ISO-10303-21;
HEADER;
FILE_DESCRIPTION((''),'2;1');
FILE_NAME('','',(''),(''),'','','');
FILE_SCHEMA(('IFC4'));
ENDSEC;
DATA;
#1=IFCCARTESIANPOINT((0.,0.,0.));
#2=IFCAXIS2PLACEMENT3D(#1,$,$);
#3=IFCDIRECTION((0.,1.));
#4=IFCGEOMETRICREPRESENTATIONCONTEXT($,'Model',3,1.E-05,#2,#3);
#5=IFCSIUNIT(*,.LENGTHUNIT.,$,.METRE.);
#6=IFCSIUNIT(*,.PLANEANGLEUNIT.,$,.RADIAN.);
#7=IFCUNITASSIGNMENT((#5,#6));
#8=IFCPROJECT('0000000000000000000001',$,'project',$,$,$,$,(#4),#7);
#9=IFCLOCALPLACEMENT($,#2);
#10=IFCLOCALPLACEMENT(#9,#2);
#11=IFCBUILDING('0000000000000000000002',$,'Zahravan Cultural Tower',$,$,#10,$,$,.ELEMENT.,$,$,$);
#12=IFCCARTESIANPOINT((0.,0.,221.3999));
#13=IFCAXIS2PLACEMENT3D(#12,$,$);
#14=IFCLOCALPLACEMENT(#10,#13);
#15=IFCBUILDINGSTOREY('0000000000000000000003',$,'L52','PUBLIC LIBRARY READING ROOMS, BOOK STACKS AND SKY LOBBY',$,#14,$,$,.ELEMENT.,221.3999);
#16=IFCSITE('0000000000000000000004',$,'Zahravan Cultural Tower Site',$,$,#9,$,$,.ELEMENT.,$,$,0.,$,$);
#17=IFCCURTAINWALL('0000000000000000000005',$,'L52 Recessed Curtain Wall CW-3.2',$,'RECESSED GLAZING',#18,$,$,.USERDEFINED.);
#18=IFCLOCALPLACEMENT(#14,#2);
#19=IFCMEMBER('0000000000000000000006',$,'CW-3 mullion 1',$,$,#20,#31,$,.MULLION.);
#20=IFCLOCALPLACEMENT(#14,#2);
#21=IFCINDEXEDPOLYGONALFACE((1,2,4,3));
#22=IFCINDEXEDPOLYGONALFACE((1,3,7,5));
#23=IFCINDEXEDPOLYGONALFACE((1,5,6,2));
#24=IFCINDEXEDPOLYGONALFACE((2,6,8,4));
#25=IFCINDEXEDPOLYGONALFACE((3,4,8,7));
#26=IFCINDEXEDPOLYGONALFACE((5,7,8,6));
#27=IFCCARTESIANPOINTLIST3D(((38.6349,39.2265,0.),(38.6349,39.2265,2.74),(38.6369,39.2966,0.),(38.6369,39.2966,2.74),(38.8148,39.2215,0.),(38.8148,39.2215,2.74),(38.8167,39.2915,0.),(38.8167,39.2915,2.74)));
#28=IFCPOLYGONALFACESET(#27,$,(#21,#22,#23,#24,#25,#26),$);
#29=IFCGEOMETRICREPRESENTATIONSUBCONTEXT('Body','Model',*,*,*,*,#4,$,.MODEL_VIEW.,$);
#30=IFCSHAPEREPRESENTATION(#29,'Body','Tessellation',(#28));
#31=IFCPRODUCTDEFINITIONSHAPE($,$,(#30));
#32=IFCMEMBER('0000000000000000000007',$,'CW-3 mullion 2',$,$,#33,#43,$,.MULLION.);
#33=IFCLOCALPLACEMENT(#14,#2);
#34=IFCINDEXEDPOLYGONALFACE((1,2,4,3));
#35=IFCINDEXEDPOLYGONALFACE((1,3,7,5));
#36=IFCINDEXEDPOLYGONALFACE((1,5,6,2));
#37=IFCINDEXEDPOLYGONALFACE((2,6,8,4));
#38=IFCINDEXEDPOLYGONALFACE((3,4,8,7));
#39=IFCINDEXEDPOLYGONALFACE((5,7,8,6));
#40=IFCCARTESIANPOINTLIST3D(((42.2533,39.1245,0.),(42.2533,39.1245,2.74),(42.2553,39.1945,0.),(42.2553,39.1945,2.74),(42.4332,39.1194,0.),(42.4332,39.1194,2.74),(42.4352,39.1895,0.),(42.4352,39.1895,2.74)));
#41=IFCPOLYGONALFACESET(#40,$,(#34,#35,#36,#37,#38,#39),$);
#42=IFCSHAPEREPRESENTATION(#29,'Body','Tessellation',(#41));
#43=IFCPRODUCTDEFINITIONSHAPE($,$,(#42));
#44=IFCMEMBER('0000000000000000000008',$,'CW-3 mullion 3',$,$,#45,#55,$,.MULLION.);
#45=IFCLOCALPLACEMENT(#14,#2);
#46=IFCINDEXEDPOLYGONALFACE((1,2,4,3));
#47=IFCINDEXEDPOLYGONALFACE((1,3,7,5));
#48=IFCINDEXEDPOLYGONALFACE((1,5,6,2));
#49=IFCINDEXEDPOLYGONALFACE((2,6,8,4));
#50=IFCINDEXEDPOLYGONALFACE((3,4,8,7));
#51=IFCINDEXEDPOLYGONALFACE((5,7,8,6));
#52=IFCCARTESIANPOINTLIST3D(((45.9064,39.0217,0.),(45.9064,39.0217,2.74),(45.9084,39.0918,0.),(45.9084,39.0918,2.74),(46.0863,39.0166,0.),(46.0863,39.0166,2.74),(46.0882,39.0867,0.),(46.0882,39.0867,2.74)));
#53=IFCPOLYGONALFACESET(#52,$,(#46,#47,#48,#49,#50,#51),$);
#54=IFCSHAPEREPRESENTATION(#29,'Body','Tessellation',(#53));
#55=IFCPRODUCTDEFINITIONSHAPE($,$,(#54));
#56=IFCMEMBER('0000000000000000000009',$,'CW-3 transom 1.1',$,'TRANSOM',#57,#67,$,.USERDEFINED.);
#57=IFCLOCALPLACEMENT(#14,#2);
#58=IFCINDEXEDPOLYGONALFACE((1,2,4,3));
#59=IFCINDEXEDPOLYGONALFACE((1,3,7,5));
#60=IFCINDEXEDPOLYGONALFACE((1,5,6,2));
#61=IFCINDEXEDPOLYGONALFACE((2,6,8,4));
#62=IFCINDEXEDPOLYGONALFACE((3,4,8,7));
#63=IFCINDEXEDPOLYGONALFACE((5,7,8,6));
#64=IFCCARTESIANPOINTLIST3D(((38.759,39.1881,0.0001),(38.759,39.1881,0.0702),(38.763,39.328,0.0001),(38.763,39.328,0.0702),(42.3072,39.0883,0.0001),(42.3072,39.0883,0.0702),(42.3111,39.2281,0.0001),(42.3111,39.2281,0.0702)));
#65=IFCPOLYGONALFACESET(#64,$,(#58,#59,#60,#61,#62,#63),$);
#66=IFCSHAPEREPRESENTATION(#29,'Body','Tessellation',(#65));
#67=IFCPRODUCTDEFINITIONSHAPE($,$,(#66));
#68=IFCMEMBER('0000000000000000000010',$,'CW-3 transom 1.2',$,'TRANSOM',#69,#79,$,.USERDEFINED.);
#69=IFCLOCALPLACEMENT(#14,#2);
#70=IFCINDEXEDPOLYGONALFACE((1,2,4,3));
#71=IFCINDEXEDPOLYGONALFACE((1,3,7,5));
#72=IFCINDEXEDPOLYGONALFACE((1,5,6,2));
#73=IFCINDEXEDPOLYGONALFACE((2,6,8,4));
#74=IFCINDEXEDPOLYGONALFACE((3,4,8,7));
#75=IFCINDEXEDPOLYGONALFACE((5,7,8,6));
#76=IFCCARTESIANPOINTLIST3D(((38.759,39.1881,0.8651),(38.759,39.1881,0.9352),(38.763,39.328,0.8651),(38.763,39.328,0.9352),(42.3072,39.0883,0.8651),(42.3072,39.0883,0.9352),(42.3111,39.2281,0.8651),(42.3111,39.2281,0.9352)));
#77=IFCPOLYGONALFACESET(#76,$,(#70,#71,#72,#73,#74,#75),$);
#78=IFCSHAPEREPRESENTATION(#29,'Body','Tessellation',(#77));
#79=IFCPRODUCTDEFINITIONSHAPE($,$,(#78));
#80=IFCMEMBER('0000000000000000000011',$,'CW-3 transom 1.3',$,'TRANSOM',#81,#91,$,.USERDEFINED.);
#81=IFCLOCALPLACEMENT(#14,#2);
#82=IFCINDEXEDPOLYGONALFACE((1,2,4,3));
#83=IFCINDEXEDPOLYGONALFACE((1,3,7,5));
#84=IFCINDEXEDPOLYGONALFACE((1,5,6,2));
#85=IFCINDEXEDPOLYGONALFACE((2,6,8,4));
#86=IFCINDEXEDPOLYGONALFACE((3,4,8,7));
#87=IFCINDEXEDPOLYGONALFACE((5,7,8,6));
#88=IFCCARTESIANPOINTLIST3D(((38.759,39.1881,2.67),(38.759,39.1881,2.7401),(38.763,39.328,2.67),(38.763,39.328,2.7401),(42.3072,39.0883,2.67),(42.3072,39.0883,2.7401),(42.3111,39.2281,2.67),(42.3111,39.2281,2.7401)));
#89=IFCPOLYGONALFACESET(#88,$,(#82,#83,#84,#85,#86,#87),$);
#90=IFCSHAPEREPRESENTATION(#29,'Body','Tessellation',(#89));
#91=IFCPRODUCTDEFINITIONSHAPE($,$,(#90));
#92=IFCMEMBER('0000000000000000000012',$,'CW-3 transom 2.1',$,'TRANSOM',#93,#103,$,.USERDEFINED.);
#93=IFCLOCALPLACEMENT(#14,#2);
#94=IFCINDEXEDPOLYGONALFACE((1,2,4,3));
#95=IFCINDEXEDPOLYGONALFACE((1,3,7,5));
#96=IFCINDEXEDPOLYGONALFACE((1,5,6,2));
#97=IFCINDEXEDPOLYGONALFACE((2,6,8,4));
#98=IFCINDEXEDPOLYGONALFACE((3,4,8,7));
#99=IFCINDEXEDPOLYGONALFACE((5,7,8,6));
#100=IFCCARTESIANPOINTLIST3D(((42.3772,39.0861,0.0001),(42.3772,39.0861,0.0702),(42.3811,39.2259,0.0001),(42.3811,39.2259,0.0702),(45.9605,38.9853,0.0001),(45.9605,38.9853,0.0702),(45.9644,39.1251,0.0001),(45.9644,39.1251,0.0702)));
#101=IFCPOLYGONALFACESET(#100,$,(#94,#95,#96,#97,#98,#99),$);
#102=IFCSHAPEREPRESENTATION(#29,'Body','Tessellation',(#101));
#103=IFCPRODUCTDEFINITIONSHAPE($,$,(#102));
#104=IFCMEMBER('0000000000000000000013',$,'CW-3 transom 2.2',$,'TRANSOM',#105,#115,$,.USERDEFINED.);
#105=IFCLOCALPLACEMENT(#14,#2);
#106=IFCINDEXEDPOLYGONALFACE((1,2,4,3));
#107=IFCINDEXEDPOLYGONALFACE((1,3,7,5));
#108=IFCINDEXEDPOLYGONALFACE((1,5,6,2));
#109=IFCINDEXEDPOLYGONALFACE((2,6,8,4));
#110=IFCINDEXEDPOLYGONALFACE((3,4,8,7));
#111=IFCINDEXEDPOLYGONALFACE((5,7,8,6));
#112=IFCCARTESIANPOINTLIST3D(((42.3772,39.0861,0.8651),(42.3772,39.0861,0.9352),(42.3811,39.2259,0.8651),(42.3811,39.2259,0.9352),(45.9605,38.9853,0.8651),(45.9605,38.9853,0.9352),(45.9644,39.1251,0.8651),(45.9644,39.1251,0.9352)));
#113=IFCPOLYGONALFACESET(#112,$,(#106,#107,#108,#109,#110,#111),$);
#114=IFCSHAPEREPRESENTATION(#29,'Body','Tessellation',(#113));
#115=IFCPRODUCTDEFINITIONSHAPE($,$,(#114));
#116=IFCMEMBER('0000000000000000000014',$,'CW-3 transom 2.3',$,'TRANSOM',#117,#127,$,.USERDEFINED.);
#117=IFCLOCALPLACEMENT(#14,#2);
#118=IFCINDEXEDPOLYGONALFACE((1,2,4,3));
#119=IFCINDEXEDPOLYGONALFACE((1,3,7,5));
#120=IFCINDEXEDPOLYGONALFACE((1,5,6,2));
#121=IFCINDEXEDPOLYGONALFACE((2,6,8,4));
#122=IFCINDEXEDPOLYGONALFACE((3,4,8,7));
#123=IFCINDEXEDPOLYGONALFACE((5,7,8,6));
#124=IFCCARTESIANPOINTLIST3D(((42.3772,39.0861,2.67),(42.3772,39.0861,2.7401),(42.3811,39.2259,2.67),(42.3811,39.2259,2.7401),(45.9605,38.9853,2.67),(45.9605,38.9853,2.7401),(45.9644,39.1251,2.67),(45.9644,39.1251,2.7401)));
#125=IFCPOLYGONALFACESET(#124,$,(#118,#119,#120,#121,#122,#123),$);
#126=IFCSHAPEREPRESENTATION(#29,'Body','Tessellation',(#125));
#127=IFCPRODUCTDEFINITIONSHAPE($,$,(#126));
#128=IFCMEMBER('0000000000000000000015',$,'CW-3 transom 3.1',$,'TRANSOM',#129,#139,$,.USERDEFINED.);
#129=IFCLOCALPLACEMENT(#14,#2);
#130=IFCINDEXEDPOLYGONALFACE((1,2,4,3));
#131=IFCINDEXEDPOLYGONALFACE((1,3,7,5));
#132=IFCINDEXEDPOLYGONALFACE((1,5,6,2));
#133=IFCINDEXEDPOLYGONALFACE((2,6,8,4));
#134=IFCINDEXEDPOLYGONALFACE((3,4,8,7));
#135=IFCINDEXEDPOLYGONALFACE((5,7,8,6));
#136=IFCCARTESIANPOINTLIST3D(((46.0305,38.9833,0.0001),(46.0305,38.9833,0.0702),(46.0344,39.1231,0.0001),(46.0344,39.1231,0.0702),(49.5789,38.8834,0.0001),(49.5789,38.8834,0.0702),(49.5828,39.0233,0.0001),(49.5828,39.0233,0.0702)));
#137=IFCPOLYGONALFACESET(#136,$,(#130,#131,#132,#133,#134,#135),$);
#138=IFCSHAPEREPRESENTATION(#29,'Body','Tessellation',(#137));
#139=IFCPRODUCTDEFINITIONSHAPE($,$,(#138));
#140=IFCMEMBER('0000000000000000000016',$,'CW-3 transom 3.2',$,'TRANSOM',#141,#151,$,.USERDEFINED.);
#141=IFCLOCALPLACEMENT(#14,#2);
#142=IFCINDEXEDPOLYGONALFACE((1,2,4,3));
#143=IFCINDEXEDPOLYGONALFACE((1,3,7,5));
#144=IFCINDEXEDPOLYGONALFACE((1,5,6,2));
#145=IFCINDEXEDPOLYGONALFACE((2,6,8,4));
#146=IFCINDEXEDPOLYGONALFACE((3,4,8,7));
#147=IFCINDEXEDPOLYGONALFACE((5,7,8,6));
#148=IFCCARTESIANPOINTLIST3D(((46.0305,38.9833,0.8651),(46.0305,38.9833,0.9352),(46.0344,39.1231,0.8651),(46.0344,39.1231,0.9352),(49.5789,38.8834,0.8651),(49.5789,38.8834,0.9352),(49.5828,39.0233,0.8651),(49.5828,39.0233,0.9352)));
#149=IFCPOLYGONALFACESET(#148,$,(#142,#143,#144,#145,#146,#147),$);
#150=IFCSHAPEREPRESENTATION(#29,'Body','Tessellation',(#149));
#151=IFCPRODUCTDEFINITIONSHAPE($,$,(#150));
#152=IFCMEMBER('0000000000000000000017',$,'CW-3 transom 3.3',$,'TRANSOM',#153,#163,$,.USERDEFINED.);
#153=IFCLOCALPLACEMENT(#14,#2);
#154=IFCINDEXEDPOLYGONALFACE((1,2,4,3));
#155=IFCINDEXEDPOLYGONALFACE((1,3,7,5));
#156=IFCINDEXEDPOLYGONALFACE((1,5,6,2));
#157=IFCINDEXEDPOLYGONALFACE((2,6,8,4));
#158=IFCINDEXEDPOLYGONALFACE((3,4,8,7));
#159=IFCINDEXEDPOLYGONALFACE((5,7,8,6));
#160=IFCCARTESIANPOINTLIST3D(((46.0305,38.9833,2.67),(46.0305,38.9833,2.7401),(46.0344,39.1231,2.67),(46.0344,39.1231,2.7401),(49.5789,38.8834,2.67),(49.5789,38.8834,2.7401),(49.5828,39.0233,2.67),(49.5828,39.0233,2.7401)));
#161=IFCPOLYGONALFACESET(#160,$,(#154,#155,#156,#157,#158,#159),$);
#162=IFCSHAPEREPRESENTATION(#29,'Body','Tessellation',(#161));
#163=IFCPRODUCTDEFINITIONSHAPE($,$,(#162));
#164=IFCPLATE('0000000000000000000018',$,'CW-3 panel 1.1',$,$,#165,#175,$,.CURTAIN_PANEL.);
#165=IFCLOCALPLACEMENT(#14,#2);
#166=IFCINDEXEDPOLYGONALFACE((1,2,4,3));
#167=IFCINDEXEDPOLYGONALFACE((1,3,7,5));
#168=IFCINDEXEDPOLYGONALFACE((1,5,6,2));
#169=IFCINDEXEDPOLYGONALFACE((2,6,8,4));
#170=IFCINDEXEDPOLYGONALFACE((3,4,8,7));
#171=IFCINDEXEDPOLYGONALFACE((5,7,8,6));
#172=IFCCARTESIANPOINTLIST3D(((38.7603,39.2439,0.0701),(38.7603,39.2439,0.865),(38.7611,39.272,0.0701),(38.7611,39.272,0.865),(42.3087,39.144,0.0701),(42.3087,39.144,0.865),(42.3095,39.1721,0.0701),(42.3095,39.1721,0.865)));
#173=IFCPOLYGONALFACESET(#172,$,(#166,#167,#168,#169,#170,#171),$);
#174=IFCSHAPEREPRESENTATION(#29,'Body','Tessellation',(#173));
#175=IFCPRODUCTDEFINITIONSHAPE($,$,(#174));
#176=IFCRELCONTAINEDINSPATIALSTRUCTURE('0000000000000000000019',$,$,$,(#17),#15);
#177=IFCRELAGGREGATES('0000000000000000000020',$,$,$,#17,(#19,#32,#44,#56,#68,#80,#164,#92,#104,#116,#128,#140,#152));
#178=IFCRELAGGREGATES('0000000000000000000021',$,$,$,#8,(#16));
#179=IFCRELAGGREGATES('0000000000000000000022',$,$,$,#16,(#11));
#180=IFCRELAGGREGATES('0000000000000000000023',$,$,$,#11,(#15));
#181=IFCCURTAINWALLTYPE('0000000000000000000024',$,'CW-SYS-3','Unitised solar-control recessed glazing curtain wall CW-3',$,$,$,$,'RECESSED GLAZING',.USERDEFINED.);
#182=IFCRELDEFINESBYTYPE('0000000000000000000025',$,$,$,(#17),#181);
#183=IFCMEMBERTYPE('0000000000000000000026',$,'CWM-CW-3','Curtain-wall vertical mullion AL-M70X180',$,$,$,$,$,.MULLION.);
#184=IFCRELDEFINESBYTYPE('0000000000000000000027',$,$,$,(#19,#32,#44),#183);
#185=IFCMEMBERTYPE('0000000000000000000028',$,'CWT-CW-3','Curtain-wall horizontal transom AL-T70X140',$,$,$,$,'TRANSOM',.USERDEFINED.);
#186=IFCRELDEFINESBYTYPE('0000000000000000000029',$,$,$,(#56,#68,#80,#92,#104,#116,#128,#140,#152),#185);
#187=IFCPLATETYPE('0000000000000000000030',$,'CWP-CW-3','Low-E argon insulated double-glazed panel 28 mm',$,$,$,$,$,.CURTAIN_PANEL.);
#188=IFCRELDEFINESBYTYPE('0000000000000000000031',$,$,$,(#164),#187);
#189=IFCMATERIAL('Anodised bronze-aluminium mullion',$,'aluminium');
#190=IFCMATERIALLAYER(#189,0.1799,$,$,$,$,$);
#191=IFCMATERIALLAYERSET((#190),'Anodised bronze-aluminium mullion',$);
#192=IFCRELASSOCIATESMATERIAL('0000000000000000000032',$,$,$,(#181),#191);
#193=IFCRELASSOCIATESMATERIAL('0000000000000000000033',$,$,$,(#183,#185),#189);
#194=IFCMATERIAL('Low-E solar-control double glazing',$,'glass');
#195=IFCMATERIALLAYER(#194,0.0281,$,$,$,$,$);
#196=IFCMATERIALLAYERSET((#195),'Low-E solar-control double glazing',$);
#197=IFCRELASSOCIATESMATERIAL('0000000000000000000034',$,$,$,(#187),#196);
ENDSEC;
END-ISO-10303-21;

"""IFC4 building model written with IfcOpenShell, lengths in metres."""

from ifc_helpers import new_model, si_unit, direction, frame, origin, origin_2d, place, context, subcontext, project, spatial, rectangle, extrude, source, transform, mapped, material, layer, layer_set, material_profile, profile_set, type_object, element, aggregate, save


model = new_model("IFC4")

# Units and contexts
model_context = context("Model", 3, precision=1e-05, world=origin(), true_north=direction((0.0, 1.0)))
body_context = subcontext(model_context, "Body", "Model", "MODEL_VIEW")
ifc_project = project(units=[si_unit("LENGTHUNIT", "METRE"), si_unit("PLANEANGLEUNIT", "RADIAN")], contexts=[model_context])

# Site, building, storey
site_placement = place(None, origin())
site = spatial("IfcSite", under=ifc_project, at=site_placement, Name="Zahravan Cultural Tower Site", CompositionType="ELEMENT", RefElevation=0.0)
building_placement = place(site_placement, origin())
building = spatial("IfcBuilding", under=site, at=building_placement, Name="Zahravan Cultural Tower", CompositionType="ELEMENT")
storey_placement = place(building_placement, frame((0.0, 0.0, 221.3999)))
storey = spatial("IfcBuildingStorey", under=building, at=storey_placement, Name="L52", Description="PUBLIC LIBRARY READING ROOMS, BOOK STACKS AND SKY LOBBY", CompositionType="ELEMENT", Elevation=221.3999)

# Curtain wall, members, plate
ifc_material_1 = material(Name="Anodised bronze-aluminium mullion", Category="aluminium")
ifc_layer_1 = layer(ifc_material_1, 0.1799)
ifc_layer_set_1 = layer_set([ifc_layer_1], Name="Anodised bronze-aluminium mullion")
curtain_wall_type = type_object("IfcCurtainWallType", Name="CW-SYS-3", Description="Unitised solar-control recessed glazing curtain wall CW-3", ElementType="RECESSED GLAZING", PredefinedType="USERDEFINED", material=ifc_layer_set_1)
curtain_wall_placement = place(storey_placement, origin())
curtain_wall = element("IfcCurtainWall", 1, at=curtain_wall_placement, inside=storey, type_object=curtain_wall_type, Name="L52 Recessed Curtain Wall CW-3.2", ObjectType="RECESSED GLAZING", PredefinedType="USERDEFINED")
ifc_material_profile_1 = material_profile(ifc_material_1, rectangle(XDim=0.0701, YDim=0.1799, at=origin_2d()), Name="AL-M70X180")
ifc_profile_set_1 = profile_set([ifc_material_profile_1], Name="Anodised bronze-aluminium mullion")
member_type_1 = type_object("IfcMemberType", Name="CWM-CW-3", Description="Curtain-wall vertical mullion AL-M70X180", PredefinedType="MULLION", material=ifc_profile_set_1)
shared_shape_1 = source(origin(), body_context, "Body", "SweptSolid", [
    extrude(rectangle(XDim=0.0701, YDim=0.1799, at=origin_2d()), origin(), (0.0, 0.0, 1.0), 2.74),
])
member_1_placement = place(storey_placement, frame((38.7258, 39.259, 0.0), z_axis=(0.0, 0.0, 1.0), x_axis=(0.028155, 0.999604, 0.0)))
member_1 = element("IfcMember", 2, at=member_1_placement, type_object=member_type_1, Name="CW-3 mullion 1", PredefinedType="MULLION", context=body_context, shape_type="MappedRepresentation", body=[
    mapped(shared_shape_1, transform((0.0, 0.0, 0.0), x_axis=(1.0, 0.0, 0.0), y_axis=(0.0, 1.0, 0.0), z_axis=(0.0, 0.0, 1.0), scale=1.0)),
])
member_2_placement = place(storey_placement, frame((42.3442, 39.157, 0.0), z_axis=(0.0, 0.0, 1.0), x_axis=(0.028155, 0.999604, 0.0)))
member_2 = element("IfcMember", 3, at=member_2_placement, type_object=member_type_1, Name="CW-3 mullion 2", PredefinedType="MULLION", context=body_context, shape_type="MappedRepresentation", body=[
    mapped(shared_shape_1, transform((0.0, 0.0, 0.0), x_axis=(1.0, 0.0, 0.0), y_axis=(0.0, 1.0, 0.0), z_axis=(0.0, 0.0, 1.0), scale=1.0)),
])
member_3_placement = place(storey_placement, frame((45.9973, 39.0542, 0.0), z_axis=(0.0, 0.0, 1.0), x_axis=(0.028155, 0.999604, 0.0)))
member_3 = element("IfcMember", 4, at=member_3_placement, type_object=member_type_1, Name="CW-3 mullion 3", PredefinedType="MULLION", context=body_context, shape_type="MappedRepresentation", body=[
    mapped(shared_shape_1, transform((0.0, 0.0, 0.0), x_axis=(1.0, 0.0, 0.0), y_axis=(0.0, 1.0, 0.0), z_axis=(0.0, 0.0, 1.0), scale=1.0)),
])
ifc_material_profile_2 = material_profile(ifc_material_1, rectangle(XDim=0.1399, YDim=0.0701, at=origin_2d()), Name="AL-T70X140")
ifc_profile_set_2 = profile_set([ifc_material_profile_2], Name="Anodised bronze-aluminium mullion")
member_type_2 = type_object("IfcMemberType", Name="CWT-CW-3", Description="Curtain-wall horizontal transom AL-T70X140", ElementType="TRANSOM", PredefinedType="USERDEFINED", material=ifc_profile_set_2)
shared_shape_2 = source(origin(), body_context, "Body", "SweptSolid", [
    extrude(rectangle(XDim=0.1399, YDim=0.0701, at=origin_2d()), origin(), (0.0, 0.0, 1.0), 3.5496),
])
member_4_placement = place(storey_placement, frame((38.761, 39.2581, 0.0352), z_axis=(0.999604, -0.028132, 0.0), x_axis=(0.028132, 0.999604, 0.0)))
member_4 = element("IfcMember", 5, at=member_4_placement, type_object=member_type_2, Name="CW-3 transom 1.1", ObjectType="TRANSOM", PredefinedType="USERDEFINED", context=body_context, shape_type="MappedRepresentation", body=[
    mapped(shared_shape_2, transform((0.0, 0.0, 0.0), x_axis=(1.0, 0.0, 0.0), y_axis=(0.0, 1.0, 0.0), z_axis=(0.0, 0.0, 1.0), scale=1.0)),
])
member_5_placement = place(storey_placement, frame((38.761, 39.2581, 0.9001), z_axis=(0.999604, -0.028132, 0.0), x_axis=(0.028132, 0.999604, 0.0)))
member_5 = element("IfcMember", 6, at=member_5_placement, type_object=member_type_2, Name="CW-3 transom 1.2", ObjectType="TRANSOM", PredefinedType="USERDEFINED", context=body_context, shape_type="MappedRepresentation", body=[
    mapped(shared_shape_2, transform((0.0, 0.0, 0.0), x_axis=(1.0, 0.0, 0.0), y_axis=(0.0, 1.0, 0.0), z_axis=(0.0, 0.0, 1.0), scale=1.0)),
])
member_6_placement = place(storey_placement, frame((38.761, 39.2581, 2.7051), z_axis=(0.999604, -0.028132, 0.0), x_axis=(0.028132, 0.999604, 0.0)))
member_6 = element("IfcMember", 7, at=member_6_placement, type_object=member_type_2, Name="CW-3 transom 1.3", ObjectType="TRANSOM", PredefinedType="USERDEFINED", context=body_context, shape_type="MappedRepresentation", body=[
    mapped(shared_shape_2, transform((0.0, 0.0, 0.0), x_axis=(1.0, 0.0, 0.0), y_axis=(0.0, 1.0, 0.0), z_axis=(0.0, 0.0, 1.0), scale=1.0)),
])
shared_shape_3 = source(origin(), body_context, "Body", "SweptSolid", [
    extrude(rectangle(XDim=0.1399, YDim=0.0701, at=origin_2d()), origin(), (0.0, 0.0, 1.0), 3.5847),
])
member_7_placement = place(storey_placement, frame((42.3792, 39.156, 0.0352), z_axis=(0.999604, -0.028128, 0.0), x_axis=(0.028128, 0.999604, 0.0)))
member_7 = element("IfcMember", 8, at=member_7_placement, type_object=member_type_2, Name="CW-3 transom 2.1", ObjectType="TRANSOM", PredefinedType="USERDEFINED", context=body_context, shape_type="MappedRepresentation", body=[
    mapped(shared_shape_3, transform((0.0, 0.0, 0.0), x_axis=(1.0, 0.0, 0.0), y_axis=(0.0, 1.0, 0.0), z_axis=(0.0, 0.0, 1.0), scale=1.0)),
])
member_8_placement = place(storey_placement, frame((42.3792, 39.156, 0.9001), z_axis=(0.999604, -0.028128, 0.0), x_axis=(0.028128, 0.999604, 0.0)))
member_8 = element("IfcMember", 9, at=member_8_placement, type_object=member_type_2, Name="CW-3 transom 2.2", ObjectType="TRANSOM", PredefinedType="USERDEFINED", context=body_context, shape_type="MappedRepresentation", body=[
    mapped(shared_shape_3, transform((0.0, 0.0, 0.0), x_axis=(1.0, 0.0, 0.0), y_axis=(0.0, 1.0, 0.0), z_axis=(0.0, 0.0, 1.0), scale=1.0)),
])
member_9_placement = place(storey_placement, frame((42.3792, 39.156, 2.7051), z_axis=(0.999604, -0.028128, 0.0), x_axis=(0.028128, 0.999604, 0.0)))
member_9 = element("IfcMember", 10, at=member_9_placement, type_object=member_type_2, Name="CW-3 transom 2.3", ObjectType="TRANSOM", PredefinedType="USERDEFINED", context=body_context, shape_type="MappedRepresentation", body=[
    mapped(shared_shape_3, transform((0.0, 0.0, 0.0), x_axis=(1.0, 0.0, 0.0), y_axis=(0.0, 1.0, 0.0), z_axis=(0.0, 0.0, 1.0), scale=1.0)),
])
shared_shape_4 = source(origin(), body_context, "Body", "SweptSolid", [
    extrude(rectangle(XDim=0.1399, YDim=0.0701, at=origin_2d()), origin(), (0.0, 0.0, 1.0), 3.5498),
])
member_10_placement = place(storey_placement, frame((46.0325, 39.0532, 0.0352), z_axis=(0.999604, -0.02813, 0.0), x_axis=(0.02813, 0.999604, 0.0)))
member_10 = element("IfcMember", 11, at=member_10_placement, type_object=member_type_2, Name="CW-3 transom 3.1", ObjectType="TRANSOM", PredefinedType="USERDEFINED", context=body_context, shape_type="MappedRepresentation", body=[
    mapped(shared_shape_4, transform((0.0, 0.0, 0.0), x_axis=(1.0, 0.0, 0.0), y_axis=(0.0, 1.0, 0.0), z_axis=(0.0, 0.0, 1.0), scale=1.0)),
])
member_11_placement = place(storey_placement, frame((46.0325, 39.0532, 0.9001), z_axis=(0.999604, -0.02813, 0.0), x_axis=(0.02813, 0.999604, 0.0)))
member_11 = element("IfcMember", 12, at=member_11_placement, type_object=member_type_2, Name="CW-3 transom 3.2", ObjectType="TRANSOM", PredefinedType="USERDEFINED", context=body_context, shape_type="MappedRepresentation", body=[
    mapped(shared_shape_4, transform((0.0, 0.0, 0.0), x_axis=(1.0, 0.0, 0.0), y_axis=(0.0, 1.0, 0.0), z_axis=(0.0, 0.0, 1.0), scale=1.0)),
])
member_12_placement = place(storey_placement, frame((46.0325, 39.0532, 2.7051), z_axis=(0.999604, -0.02813, 0.0), x_axis=(0.02813, 0.999604, 0.0)))
member_12 = element("IfcMember", 13, at=member_12_placement, type_object=member_type_2, Name="CW-3 transom 3.3", ObjectType="TRANSOM", PredefinedType="USERDEFINED", context=body_context, shape_type="MappedRepresentation", body=[
    mapped(shared_shape_4, transform((0.0, 0.0, 0.0), x_axis=(1.0, 0.0, 0.0), y_axis=(0.0, 1.0, 0.0), z_axis=(0.0, 0.0, 1.0), scale=1.0)),
])
ifc_material_2 = material(Name="Low-E solar-control double glazing", Category="glass")
ifc_layer_2 = layer(ifc_material_2, 0.0281)
ifc_layer_set_2 = layer_set([ifc_layer_2], Name="Low-E solar-control double glazing")
plate_type = type_object("IfcPlateType", Name="CWP-CW-3", Description="Low-E argon insulated double-glazed panel 28 mm", PredefinedType="CURTAIN_PANEL", material=ifc_layer_set_2)
shared_shape_5 = source(origin(), body_context, "Body", "SweptSolid", [
    extrude(rectangle(XDim=3.5498, YDim=0.0281, at=origin_2d()), origin(), (0.0, 0.0, 1.0), 0.7949),
])
plate_1_placement = place(storey_placement, frame((40.5349, 39.208, 0.0701), z_axis=(0.0, 0.0, 1.0), x_axis=(0.999604, -0.028155, 0.0)))
plate_1 = element("IfcPlate", 14, at=plate_1_placement, type_object=plate_type, Name="CW-3 panel 1.1", PredefinedType="CURTAIN_PANEL", context=body_context, shape_type="MappedRepresentation", body=[
    mapped(shared_shape_5, transform((0.0, 0.0, 0.0), x_axis=(1.0, 0.0, 0.0), y_axis=(0.0, 1.0, 0.0), z_axis=(0.0, 0.0, 1.0), scale=1.0)),
])
aggregate(curtain_wall, [member_1, member_2, member_3, member_4, member_5, member_6, plate_1, member_7, member_8, member_9, member_10, member_11, member_12])

save(model, "model.ifc")
